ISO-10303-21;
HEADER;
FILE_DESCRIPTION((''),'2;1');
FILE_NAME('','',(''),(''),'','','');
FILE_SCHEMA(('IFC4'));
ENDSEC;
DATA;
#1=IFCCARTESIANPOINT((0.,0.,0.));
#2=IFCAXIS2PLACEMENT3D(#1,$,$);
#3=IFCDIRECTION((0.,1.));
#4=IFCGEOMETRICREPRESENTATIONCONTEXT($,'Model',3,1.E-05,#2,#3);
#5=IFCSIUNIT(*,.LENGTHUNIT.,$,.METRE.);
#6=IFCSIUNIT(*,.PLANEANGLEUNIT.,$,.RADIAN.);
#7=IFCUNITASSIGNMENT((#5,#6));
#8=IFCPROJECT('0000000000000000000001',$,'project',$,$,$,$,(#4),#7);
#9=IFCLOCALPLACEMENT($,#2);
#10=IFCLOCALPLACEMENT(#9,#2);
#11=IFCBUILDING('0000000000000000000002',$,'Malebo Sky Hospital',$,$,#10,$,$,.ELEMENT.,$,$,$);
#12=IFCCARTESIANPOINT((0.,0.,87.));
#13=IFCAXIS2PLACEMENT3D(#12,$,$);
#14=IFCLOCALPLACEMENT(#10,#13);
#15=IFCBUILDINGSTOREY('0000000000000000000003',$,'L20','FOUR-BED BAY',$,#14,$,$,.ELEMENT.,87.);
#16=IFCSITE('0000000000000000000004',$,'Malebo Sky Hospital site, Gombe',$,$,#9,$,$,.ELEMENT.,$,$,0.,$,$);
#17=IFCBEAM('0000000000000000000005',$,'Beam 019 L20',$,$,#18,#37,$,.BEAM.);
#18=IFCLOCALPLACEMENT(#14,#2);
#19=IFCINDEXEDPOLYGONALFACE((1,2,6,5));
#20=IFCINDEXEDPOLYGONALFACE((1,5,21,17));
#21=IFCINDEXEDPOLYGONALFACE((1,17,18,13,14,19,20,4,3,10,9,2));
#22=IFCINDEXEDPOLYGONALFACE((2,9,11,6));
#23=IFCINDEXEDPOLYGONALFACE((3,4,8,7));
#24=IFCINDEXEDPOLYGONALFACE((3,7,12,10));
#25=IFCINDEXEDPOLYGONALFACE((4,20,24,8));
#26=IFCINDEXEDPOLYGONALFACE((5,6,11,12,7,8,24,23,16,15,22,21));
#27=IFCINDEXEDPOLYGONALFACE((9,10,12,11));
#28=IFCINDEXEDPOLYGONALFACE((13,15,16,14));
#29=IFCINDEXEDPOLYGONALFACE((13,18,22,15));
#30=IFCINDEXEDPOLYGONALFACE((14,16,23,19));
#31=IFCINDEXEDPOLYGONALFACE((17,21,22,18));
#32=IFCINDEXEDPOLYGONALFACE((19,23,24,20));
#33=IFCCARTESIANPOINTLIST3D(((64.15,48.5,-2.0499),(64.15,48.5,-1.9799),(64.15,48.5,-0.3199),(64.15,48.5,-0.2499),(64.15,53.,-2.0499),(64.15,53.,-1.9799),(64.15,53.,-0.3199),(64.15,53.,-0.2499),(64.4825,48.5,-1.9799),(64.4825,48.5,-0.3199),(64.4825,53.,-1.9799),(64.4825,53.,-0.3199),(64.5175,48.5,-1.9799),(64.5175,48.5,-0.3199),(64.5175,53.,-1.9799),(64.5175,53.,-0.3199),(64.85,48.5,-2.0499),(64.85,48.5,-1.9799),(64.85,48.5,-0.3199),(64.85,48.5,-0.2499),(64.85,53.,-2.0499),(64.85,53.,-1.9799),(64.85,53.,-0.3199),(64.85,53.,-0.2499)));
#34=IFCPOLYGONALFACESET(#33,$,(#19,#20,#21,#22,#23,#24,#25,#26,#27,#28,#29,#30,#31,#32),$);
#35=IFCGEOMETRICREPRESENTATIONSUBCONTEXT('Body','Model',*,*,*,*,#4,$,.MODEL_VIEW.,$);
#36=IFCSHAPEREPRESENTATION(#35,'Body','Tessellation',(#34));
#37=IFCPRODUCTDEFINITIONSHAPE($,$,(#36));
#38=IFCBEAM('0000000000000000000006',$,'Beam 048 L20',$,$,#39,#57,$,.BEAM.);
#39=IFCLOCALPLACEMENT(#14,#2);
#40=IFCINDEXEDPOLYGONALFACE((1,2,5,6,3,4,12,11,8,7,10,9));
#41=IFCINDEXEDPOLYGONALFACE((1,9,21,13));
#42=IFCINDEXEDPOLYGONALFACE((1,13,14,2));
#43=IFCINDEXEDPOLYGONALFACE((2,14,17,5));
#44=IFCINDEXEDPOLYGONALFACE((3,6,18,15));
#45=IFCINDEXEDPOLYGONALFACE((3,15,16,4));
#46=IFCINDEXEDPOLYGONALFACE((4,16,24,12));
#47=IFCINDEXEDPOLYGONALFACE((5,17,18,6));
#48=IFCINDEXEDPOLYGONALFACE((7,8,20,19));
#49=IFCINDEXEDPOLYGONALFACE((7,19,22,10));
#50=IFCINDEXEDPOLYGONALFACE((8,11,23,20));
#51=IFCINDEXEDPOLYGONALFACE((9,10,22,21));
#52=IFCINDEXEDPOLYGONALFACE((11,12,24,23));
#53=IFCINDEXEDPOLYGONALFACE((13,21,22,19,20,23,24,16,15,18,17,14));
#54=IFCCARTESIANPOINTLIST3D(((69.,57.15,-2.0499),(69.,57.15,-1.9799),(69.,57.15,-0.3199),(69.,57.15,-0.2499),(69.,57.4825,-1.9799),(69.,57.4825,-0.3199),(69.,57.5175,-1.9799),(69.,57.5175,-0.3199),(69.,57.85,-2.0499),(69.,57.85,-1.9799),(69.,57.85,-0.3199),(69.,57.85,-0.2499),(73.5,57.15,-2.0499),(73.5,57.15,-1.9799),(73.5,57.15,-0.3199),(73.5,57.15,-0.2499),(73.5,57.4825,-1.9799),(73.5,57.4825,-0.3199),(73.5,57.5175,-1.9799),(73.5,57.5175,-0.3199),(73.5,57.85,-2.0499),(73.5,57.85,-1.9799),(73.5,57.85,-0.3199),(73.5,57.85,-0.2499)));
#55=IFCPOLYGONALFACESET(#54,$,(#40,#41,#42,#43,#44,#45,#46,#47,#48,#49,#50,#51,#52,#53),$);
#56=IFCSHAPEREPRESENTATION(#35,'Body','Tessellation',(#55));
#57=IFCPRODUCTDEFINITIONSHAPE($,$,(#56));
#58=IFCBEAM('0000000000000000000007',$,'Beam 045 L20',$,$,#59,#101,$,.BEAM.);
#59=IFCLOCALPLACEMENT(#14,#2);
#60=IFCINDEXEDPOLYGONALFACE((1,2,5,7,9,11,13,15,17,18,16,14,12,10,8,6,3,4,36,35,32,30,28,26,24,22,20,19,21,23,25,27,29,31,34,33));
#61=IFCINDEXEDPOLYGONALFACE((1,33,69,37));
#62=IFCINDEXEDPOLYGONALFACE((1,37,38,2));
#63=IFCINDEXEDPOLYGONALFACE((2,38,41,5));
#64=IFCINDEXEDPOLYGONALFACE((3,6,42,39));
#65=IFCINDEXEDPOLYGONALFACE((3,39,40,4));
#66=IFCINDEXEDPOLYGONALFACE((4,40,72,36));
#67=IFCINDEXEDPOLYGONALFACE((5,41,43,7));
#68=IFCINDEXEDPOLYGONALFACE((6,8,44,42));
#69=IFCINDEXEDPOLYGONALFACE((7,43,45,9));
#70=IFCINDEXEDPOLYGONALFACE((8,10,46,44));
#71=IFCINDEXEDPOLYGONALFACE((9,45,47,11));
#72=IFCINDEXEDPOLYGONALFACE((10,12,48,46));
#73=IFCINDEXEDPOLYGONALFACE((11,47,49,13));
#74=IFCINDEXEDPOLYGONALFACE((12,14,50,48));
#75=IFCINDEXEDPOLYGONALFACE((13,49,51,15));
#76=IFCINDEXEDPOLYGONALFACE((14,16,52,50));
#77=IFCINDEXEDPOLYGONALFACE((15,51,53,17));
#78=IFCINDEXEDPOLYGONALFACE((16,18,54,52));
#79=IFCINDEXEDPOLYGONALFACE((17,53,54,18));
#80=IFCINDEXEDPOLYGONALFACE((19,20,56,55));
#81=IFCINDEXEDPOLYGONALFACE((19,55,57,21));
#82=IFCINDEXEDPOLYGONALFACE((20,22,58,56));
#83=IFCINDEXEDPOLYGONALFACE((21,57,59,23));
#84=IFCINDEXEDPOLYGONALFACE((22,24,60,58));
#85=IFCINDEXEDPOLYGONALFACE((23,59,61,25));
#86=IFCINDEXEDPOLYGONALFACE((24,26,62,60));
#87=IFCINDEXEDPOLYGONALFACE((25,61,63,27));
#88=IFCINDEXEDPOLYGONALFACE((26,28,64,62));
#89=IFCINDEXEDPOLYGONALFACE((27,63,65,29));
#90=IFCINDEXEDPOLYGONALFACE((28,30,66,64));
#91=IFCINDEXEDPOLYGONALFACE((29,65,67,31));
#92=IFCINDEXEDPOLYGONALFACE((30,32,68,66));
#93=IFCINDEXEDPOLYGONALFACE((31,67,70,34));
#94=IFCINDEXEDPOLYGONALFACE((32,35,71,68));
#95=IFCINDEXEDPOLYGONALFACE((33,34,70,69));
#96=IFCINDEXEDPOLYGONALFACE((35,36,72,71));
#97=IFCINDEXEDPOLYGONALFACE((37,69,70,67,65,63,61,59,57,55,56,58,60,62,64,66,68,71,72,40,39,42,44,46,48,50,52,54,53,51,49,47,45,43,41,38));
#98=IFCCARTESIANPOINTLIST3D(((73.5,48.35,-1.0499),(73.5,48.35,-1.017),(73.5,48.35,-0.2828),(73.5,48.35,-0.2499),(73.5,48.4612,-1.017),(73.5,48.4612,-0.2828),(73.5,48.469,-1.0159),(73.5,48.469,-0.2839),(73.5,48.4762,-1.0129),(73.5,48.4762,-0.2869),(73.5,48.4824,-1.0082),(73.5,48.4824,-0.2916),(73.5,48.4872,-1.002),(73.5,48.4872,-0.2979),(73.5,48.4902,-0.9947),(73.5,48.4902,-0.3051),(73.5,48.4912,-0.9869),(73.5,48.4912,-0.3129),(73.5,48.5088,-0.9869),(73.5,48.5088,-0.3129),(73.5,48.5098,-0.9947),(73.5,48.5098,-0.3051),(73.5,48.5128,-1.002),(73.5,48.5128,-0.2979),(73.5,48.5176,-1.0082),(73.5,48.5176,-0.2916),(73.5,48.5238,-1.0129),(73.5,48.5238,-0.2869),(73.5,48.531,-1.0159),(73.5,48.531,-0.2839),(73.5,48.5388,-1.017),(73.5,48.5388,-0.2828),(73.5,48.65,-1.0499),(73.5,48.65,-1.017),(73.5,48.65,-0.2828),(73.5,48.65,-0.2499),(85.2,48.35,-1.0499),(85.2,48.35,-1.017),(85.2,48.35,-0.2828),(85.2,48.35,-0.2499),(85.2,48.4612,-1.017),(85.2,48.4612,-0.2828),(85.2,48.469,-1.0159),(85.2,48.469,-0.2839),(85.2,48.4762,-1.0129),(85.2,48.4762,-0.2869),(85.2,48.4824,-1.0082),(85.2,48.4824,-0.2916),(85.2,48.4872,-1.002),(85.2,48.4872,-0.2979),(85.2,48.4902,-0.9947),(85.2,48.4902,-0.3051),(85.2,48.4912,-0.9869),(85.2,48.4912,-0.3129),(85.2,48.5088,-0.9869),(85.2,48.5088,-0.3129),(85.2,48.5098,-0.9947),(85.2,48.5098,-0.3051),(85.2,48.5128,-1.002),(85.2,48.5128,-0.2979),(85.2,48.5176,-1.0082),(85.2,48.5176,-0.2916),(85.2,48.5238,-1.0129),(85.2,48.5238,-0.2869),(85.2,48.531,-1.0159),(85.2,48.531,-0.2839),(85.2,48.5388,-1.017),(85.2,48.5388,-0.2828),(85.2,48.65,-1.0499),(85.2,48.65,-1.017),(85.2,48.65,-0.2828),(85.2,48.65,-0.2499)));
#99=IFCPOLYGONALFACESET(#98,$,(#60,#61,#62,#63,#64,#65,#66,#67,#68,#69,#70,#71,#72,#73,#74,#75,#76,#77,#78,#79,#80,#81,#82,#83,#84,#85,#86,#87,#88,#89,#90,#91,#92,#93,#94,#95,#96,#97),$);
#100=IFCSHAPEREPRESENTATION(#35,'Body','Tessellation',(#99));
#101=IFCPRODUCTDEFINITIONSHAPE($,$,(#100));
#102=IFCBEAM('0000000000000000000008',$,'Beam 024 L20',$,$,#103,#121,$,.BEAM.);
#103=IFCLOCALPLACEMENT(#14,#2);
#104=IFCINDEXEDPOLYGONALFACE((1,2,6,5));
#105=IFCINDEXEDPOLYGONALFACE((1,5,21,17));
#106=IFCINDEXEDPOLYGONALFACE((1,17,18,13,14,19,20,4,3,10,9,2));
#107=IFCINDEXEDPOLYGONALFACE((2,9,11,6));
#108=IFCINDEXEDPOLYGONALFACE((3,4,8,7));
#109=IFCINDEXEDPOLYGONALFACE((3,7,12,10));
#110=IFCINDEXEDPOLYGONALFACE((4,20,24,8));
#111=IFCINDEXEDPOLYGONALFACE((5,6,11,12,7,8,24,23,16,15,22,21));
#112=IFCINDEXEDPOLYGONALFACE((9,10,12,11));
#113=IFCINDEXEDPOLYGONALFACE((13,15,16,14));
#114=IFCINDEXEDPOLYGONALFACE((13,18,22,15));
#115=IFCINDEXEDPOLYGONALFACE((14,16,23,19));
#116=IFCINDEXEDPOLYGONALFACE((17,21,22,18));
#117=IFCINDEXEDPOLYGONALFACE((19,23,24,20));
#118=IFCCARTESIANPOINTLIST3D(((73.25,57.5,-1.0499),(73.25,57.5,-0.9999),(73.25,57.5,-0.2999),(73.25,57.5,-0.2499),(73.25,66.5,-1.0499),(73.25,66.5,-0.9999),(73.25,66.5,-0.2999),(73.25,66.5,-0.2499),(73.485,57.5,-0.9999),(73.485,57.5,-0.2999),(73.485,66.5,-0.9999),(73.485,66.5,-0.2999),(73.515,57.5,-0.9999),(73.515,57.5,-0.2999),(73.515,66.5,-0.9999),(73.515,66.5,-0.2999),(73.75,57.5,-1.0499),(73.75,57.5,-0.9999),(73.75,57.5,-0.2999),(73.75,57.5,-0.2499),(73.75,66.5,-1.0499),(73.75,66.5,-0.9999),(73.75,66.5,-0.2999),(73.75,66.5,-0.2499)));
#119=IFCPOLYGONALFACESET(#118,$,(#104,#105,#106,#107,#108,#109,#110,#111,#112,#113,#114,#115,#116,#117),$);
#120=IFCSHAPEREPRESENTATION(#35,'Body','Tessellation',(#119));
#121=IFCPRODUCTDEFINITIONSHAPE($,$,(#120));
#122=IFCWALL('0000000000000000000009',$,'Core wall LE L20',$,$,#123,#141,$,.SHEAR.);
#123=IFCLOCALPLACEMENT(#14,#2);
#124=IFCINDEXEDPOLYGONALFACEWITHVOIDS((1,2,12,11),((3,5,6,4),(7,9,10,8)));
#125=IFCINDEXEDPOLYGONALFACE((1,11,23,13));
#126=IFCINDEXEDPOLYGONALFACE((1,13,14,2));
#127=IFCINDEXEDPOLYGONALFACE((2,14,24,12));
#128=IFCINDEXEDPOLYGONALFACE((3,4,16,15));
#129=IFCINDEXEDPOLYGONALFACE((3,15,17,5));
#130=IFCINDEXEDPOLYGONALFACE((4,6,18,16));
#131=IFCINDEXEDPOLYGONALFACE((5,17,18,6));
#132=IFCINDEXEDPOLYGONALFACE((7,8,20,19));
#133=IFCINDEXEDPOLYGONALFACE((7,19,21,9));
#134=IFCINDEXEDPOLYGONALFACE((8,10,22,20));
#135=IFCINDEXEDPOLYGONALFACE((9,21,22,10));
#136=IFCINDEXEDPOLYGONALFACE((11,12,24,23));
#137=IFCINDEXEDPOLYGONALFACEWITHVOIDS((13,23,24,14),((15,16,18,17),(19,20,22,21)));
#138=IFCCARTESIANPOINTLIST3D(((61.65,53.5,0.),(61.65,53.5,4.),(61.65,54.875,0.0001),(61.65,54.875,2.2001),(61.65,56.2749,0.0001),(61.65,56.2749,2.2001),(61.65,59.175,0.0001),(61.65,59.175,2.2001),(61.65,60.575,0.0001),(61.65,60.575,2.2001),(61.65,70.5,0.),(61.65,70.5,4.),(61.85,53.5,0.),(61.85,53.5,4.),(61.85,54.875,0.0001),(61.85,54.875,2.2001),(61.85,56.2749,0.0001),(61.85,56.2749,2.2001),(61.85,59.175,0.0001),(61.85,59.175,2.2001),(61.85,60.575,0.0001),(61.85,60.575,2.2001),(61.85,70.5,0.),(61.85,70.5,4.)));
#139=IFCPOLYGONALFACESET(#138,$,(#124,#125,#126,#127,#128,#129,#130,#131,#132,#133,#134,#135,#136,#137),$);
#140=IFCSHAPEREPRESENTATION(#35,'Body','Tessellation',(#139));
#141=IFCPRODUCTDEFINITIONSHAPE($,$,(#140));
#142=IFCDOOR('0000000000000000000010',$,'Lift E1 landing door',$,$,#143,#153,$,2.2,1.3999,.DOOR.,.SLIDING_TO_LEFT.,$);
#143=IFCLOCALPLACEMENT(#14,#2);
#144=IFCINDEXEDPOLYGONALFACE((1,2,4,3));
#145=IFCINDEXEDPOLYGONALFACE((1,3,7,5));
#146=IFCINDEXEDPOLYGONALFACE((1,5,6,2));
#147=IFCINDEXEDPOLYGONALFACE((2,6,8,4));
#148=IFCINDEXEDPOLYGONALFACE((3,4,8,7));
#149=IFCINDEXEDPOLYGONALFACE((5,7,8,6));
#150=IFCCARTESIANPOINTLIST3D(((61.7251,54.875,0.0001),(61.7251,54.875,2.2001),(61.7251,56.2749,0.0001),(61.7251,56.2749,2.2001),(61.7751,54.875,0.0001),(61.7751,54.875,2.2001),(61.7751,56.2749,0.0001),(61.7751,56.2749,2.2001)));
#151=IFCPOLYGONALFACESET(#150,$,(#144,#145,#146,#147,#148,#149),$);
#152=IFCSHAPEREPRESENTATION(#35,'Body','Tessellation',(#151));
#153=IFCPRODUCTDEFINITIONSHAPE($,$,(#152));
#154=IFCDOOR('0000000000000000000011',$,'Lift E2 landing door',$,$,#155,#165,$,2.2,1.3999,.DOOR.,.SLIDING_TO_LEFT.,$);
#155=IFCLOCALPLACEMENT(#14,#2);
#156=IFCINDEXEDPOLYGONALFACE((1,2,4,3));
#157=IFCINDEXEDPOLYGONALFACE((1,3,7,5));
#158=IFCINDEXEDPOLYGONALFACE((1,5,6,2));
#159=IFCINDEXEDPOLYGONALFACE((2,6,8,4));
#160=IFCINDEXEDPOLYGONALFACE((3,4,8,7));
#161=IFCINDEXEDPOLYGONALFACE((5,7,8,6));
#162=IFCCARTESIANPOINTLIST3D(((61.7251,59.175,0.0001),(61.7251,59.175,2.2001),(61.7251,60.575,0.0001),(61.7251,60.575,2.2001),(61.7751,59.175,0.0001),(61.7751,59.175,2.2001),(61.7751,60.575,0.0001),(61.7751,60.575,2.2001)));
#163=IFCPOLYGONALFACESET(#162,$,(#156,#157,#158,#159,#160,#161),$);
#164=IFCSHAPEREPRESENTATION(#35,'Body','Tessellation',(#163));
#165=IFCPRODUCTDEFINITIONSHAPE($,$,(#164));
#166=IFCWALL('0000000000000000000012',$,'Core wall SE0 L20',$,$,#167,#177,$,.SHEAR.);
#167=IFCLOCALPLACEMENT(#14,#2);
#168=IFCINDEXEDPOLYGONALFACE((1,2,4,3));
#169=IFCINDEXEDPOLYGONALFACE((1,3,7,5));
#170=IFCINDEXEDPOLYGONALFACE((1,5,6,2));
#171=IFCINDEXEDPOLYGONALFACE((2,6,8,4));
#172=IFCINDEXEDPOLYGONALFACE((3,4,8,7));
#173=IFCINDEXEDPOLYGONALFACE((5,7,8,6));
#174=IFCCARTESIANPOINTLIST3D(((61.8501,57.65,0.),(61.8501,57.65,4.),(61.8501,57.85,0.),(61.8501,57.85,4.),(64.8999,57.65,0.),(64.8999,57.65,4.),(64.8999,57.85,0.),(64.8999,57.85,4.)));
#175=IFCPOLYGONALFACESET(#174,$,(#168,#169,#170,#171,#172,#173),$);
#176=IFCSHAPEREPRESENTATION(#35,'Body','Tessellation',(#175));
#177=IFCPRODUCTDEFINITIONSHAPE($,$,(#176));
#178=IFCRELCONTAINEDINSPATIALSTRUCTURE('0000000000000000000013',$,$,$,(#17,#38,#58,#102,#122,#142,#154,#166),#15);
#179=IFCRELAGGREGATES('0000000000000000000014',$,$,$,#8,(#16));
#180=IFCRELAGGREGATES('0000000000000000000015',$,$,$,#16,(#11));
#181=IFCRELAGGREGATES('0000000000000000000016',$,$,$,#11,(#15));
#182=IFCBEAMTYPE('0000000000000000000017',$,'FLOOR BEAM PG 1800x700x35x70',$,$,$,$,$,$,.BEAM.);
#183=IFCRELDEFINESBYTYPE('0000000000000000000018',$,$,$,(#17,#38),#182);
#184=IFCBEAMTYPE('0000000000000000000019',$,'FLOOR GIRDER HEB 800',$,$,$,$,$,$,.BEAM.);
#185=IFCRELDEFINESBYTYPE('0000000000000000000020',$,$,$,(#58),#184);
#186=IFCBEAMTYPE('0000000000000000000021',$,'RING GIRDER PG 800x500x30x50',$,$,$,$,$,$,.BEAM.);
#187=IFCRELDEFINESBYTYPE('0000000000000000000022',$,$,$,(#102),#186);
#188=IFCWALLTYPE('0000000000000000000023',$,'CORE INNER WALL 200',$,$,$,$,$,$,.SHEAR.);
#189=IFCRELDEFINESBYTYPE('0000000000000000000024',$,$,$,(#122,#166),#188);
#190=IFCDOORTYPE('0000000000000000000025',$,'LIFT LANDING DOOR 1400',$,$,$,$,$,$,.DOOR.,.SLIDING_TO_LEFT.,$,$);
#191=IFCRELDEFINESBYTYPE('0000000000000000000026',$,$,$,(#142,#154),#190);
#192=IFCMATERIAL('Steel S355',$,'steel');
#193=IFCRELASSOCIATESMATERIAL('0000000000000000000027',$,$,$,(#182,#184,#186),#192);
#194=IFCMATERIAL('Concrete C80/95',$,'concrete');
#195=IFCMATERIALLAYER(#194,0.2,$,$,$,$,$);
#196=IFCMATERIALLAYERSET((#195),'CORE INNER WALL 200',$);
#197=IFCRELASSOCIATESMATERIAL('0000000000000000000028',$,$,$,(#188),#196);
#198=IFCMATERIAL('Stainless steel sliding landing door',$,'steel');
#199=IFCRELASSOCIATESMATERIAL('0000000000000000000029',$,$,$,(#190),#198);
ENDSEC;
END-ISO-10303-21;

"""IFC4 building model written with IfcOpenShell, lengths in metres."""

from ifc_helpers import new_model, si_unit, direction, frame, frame_2d, origin, origin_2d, place, context, subcontext, project, spatial, rectangle, i_section, extrude, material, layer, layer_set, material_profile, profile_set, type_object, element, fill, save


model = new_model("IFC4")

# Units and contexts
model_context = context("Model", 3, precision=1e-05, world=origin(), true_north=direction((0.0, 1.0)))
body_context = subcontext(model_context, "Body", "Model", "MODEL_VIEW")
ifc_project = project(units=[si_unit("LENGTHUNIT", "METRE"), si_unit("PLANEANGLEUNIT", "RADIAN")], contexts=[model_context])

# Site, building, storey
site_placement = place(None, origin())
site = spatial("IfcSite", under=ifc_project, at=site_placement, Name="Malebo Sky Hospital site, Gombe", CompositionType="ELEMENT", RefElevation=0.0)
building_placement = place(site_placement, origin())
building = spatial("IfcBuilding", under=site, at=building_placement, Name="Malebo Sky Hospital", CompositionType="ELEMENT")
storey_placement = place(building_placement, frame((0.0, 0.0, 87.0)))
storey = spatial("IfcBuildingStorey", under=building, at=storey_placement, Name="L20", Description="FOUR-BED BAY", CompositionType="ELEMENT", Elevation=87.0)

# Beams
ifc_material_1 = material(Name="Steel S355", Category="steel")
ifc_material_profile_1 = material_profile(ifc_material_1, i_section(OverallWidth=0.7, OverallDepth=1.8, WebThickness=0.0349, FlangeThickness=0.0701, at=origin_2d()), Name="PG 1800x700x35x70")
ifc_profile_set_1 = profile_set([ifc_material_profile_1], Name="Steel S355")
beam_type_1 = type_object("IfcBeamType", Name="FLOOR BEAM PG 1800x700x35x70", PredefinedType="BEAM", material=ifc_profile_set_1)
for number, where, z_axis, x_axis, name in (
    (1, (64.5, 48.5, -1.1499), (0.0, 1.0, 0.0), (-1.0, 0.0, 0.0), "Beam 019 L20"),
    (2, (69.0, 57.5, -1.1499), (1.0, 0.0, 0.0), (0.0, 1.0, 0.0), "Beam 048 L20"),
):
    element("IfcBeam", number, at=place(storey_placement, frame(where, z_axis=z_axis, x_axis=x_axis)), inside=storey, type_object=beam_type_1, Name=name, PredefinedType="BEAM", context=body_context, shape_type="SweptSolid", body=[
        extrude(i_section(OverallWidth=0.7, OverallDepth=1.8, WebThickness=0.0349, FlangeThickness=0.0701, at=origin_2d()), origin(), (0.0, 0.0, 1.0), 4.5),
    ])
ifc_material_profile_2 = material_profile(ifc_material_1, i_section(OverallWidth=0.3, OverallDepth=0.8, WebThickness=0.0176, FlangeThickness=0.033, FilletRadius=0.03, at=origin_2d()), Name="HEB 800")
ifc_profile_set_2 = profile_set([ifc_material_profile_2], Name="Steel S355")
beam_type_2 = type_object("IfcBeamType", Name="FLOOR GIRDER HEB 800", PredefinedType="BEAM", material=ifc_profile_set_2)
beam_1_placement = place(storey_placement, frame((73.5, 48.5, -0.6499), z_axis=(1.0, 0.0, 0.0), x_axis=(0.0, 1.0, 0.0)))
element("IfcBeam", 3, at=beam_1_placement, inside=storey, type_object=beam_type_2, Name="Beam 045 L20", PredefinedType="BEAM", context=body_context, shape_type="SweptSolid", body=[
    extrude(i_section(OverallWidth=0.3, OverallDepth=0.8, WebThickness=0.0176, FlangeThickness=0.033, FilletRadius=0.03, at=origin_2d()), origin(), (0.0, 0.0, 1.0), 11.7),
])
ifc_material_profile_3 = material_profile(ifc_material_1, i_section(OverallWidth=0.5, OverallDepth=0.8, WebThickness=0.03, FlangeThickness=0.05, at=origin_2d()), Name="PG 800x500x30x50")
ifc_profile_set_3 = profile_set([ifc_material_profile_3], Name="Steel S355")
beam_type_3 = type_object("IfcBeamType", Name="RING GIRDER PG 800x500x30x50", PredefinedType="BEAM", material=ifc_profile_set_3)
beam_2_placement = place(storey_placement, frame((73.5, 57.5, -0.6499), z_axis=(0.0, 1.0, 0.0), x_axis=(-1.0, 0.0, 0.0)))
element("IfcBeam", 4, at=beam_2_placement, inside=storey, type_object=beam_type_3, Name="Beam 024 L20", PredefinedType="BEAM", context=body_context, shape_type="SweptSolid", body=[
    extrude(i_section(OverallWidth=0.5, OverallDepth=0.8, WebThickness=0.03, FlangeThickness=0.05, at=origin_2d()), origin(), (0.0, 0.0, 1.0), 9.0),
])

# Wall, openings, doors
ifc_material_2 = material(Name="Concrete C80/95", Category="concrete")
ifc_layer_1 = layer(ifc_material_2, 0.2)
ifc_layer_set_1 = layer_set([ifc_layer_1], Name="CORE INNER WALL 200")
wall_type_1 = type_object("IfcWallType", Name="CORE INNER WALL 200", PredefinedType="SHEAR", material=ifc_layer_set_1)
wall_1_placement = place(storey_placement, frame((61.75, 53.5, 0.0), z_axis=(0.0, 0.0, 1.0), x_axis=(0.0, 1.0, 0.0)))
wall_1 = element("IfcWall", 5, at=wall_1_placement, inside=storey, type_object=wall_type_1, Name="Core wall LE L20", PredefinedType="SHEAR", context=body_context, shape_type="SweptSolid", body=[
    extrude(rectangle(XDim=17.0, YDim=0.2, at=frame_2d((8.5, 0.0))), origin(), (0.0, 0.0, 1.0), 4.0),
])
opening_1_placement = place(wall_1_placement, frame((1.375, 0.0, 0.0)))
opening_1 = element("IfcOpeningElement", 6, at=opening_1_placement, cuts=wall_1, PredefinedType="OPENING", context=body_context, shape_type="SweptSolid", body=[
    extrude(rectangle(XDim=1.3999, YDim=2.2, at=frame_2d((0.7, 1.1001))), frame((0.0, 0.1099, 0.0), z_axis=(0.0, -1.0, 0.0), x_axis=(1.0, 0.0, 0.0)), (0.0, 0.0, 1.0), 0.22),
])
opening_2_placement = place(wall_1_placement, frame((5.675, 0.0, 0.0)))
opening_2 = element("IfcOpeningElement", 7, at=opening_2_placement, cuts=wall_1, PredefinedType="OPENING", context=body_context, shape_type="SweptSolid", body=[
    extrude(rectangle(XDim=1.3999, YDim=2.2, at=frame_2d((0.7, 1.1001))), frame((0.0, 0.1099, 0.0), z_axis=(0.0, -1.0, 0.0), x_axis=(1.0, 0.0, 0.0)), (0.0, 0.0, 1.0), 0.22),
])
ifc_material_3 = material(Name="Stainless steel sliding landing door", Category="steel")
door_type_1 = type_object("IfcDoorType", Name="LIFT LANDING DOOR 1400", OperationType="SLIDING_TO_LEFT", PredefinedType="DOOR", material=ifc_material_3)
door_1_placement = place(opening_1_placement, origin())
door_1 = element("IfcDoor", 8, at=door_1_placement, inside=storey, type_object=door_type_1, Name="Lift E1 landing door", OperationType="SLIDING_TO_LEFT", OverallHeight=2.2, OverallWidth=1.3999, PredefinedType="DOOR", context=body_context, shape_type="SweptSolid", body=[
    extrude(rectangle(XDim=1.3999, YDim=2.2, at=frame_2d((0.7, 1.1001))), frame((0.0, 0.0249, 0.0), z_axis=(0.0, -1.0, 0.0), x_axis=(1.0, 0.0, 0.0)), (0.0, 0.0, 1.0), 0.05),
])
fill(opening_1, door_1)
door_2_placement = place(opening_2_placement, origin())
door_2 = element("IfcDoor", 9, at=door_2_placement, inside=storey, type_object=door_type_1, Name="Lift E2 landing door", OperationType="SLIDING_TO_LEFT", OverallHeight=2.2, OverallWidth=1.3999, PredefinedType="DOOR", context=body_context, shape_type="SweptSolid", body=[
    extrude(rectangle(XDim=1.3999, YDim=2.2, at=frame_2d((0.7, 1.1001))), frame((0.0, 0.0249, 0.0), z_axis=(0.0, -1.0, 0.0), x_axis=(1.0, 0.0, 0.0)), (0.0, 0.0, 1.0), 0.05),
])
fill(opening_2, door_2)

# Wall
for number, where, z_axis, x_axis, name in (
    (10, (61.8501, 57.75, 0.0), (0.0, 0.0, 1.0), (1.0, 0.0, 0.0), "Core wall SE0 L20"),
):
    element("IfcWall", number, at=place(storey_placement, frame(where, z_axis=z_axis, x_axis=x_axis)), inside=storey, type_object=wall_type_1, Name=name, PredefinedType="SHEAR", context=body_context, shape_type="SweptSolid", body=[
        extrude(rectangle(XDim=3.0498, YDim=0.2, at=frame_2d((1.5249, 0.0))), origin(), (0.0, 0.0, 1.0), 4.0),
    ])

save(model, "model.ifc")
